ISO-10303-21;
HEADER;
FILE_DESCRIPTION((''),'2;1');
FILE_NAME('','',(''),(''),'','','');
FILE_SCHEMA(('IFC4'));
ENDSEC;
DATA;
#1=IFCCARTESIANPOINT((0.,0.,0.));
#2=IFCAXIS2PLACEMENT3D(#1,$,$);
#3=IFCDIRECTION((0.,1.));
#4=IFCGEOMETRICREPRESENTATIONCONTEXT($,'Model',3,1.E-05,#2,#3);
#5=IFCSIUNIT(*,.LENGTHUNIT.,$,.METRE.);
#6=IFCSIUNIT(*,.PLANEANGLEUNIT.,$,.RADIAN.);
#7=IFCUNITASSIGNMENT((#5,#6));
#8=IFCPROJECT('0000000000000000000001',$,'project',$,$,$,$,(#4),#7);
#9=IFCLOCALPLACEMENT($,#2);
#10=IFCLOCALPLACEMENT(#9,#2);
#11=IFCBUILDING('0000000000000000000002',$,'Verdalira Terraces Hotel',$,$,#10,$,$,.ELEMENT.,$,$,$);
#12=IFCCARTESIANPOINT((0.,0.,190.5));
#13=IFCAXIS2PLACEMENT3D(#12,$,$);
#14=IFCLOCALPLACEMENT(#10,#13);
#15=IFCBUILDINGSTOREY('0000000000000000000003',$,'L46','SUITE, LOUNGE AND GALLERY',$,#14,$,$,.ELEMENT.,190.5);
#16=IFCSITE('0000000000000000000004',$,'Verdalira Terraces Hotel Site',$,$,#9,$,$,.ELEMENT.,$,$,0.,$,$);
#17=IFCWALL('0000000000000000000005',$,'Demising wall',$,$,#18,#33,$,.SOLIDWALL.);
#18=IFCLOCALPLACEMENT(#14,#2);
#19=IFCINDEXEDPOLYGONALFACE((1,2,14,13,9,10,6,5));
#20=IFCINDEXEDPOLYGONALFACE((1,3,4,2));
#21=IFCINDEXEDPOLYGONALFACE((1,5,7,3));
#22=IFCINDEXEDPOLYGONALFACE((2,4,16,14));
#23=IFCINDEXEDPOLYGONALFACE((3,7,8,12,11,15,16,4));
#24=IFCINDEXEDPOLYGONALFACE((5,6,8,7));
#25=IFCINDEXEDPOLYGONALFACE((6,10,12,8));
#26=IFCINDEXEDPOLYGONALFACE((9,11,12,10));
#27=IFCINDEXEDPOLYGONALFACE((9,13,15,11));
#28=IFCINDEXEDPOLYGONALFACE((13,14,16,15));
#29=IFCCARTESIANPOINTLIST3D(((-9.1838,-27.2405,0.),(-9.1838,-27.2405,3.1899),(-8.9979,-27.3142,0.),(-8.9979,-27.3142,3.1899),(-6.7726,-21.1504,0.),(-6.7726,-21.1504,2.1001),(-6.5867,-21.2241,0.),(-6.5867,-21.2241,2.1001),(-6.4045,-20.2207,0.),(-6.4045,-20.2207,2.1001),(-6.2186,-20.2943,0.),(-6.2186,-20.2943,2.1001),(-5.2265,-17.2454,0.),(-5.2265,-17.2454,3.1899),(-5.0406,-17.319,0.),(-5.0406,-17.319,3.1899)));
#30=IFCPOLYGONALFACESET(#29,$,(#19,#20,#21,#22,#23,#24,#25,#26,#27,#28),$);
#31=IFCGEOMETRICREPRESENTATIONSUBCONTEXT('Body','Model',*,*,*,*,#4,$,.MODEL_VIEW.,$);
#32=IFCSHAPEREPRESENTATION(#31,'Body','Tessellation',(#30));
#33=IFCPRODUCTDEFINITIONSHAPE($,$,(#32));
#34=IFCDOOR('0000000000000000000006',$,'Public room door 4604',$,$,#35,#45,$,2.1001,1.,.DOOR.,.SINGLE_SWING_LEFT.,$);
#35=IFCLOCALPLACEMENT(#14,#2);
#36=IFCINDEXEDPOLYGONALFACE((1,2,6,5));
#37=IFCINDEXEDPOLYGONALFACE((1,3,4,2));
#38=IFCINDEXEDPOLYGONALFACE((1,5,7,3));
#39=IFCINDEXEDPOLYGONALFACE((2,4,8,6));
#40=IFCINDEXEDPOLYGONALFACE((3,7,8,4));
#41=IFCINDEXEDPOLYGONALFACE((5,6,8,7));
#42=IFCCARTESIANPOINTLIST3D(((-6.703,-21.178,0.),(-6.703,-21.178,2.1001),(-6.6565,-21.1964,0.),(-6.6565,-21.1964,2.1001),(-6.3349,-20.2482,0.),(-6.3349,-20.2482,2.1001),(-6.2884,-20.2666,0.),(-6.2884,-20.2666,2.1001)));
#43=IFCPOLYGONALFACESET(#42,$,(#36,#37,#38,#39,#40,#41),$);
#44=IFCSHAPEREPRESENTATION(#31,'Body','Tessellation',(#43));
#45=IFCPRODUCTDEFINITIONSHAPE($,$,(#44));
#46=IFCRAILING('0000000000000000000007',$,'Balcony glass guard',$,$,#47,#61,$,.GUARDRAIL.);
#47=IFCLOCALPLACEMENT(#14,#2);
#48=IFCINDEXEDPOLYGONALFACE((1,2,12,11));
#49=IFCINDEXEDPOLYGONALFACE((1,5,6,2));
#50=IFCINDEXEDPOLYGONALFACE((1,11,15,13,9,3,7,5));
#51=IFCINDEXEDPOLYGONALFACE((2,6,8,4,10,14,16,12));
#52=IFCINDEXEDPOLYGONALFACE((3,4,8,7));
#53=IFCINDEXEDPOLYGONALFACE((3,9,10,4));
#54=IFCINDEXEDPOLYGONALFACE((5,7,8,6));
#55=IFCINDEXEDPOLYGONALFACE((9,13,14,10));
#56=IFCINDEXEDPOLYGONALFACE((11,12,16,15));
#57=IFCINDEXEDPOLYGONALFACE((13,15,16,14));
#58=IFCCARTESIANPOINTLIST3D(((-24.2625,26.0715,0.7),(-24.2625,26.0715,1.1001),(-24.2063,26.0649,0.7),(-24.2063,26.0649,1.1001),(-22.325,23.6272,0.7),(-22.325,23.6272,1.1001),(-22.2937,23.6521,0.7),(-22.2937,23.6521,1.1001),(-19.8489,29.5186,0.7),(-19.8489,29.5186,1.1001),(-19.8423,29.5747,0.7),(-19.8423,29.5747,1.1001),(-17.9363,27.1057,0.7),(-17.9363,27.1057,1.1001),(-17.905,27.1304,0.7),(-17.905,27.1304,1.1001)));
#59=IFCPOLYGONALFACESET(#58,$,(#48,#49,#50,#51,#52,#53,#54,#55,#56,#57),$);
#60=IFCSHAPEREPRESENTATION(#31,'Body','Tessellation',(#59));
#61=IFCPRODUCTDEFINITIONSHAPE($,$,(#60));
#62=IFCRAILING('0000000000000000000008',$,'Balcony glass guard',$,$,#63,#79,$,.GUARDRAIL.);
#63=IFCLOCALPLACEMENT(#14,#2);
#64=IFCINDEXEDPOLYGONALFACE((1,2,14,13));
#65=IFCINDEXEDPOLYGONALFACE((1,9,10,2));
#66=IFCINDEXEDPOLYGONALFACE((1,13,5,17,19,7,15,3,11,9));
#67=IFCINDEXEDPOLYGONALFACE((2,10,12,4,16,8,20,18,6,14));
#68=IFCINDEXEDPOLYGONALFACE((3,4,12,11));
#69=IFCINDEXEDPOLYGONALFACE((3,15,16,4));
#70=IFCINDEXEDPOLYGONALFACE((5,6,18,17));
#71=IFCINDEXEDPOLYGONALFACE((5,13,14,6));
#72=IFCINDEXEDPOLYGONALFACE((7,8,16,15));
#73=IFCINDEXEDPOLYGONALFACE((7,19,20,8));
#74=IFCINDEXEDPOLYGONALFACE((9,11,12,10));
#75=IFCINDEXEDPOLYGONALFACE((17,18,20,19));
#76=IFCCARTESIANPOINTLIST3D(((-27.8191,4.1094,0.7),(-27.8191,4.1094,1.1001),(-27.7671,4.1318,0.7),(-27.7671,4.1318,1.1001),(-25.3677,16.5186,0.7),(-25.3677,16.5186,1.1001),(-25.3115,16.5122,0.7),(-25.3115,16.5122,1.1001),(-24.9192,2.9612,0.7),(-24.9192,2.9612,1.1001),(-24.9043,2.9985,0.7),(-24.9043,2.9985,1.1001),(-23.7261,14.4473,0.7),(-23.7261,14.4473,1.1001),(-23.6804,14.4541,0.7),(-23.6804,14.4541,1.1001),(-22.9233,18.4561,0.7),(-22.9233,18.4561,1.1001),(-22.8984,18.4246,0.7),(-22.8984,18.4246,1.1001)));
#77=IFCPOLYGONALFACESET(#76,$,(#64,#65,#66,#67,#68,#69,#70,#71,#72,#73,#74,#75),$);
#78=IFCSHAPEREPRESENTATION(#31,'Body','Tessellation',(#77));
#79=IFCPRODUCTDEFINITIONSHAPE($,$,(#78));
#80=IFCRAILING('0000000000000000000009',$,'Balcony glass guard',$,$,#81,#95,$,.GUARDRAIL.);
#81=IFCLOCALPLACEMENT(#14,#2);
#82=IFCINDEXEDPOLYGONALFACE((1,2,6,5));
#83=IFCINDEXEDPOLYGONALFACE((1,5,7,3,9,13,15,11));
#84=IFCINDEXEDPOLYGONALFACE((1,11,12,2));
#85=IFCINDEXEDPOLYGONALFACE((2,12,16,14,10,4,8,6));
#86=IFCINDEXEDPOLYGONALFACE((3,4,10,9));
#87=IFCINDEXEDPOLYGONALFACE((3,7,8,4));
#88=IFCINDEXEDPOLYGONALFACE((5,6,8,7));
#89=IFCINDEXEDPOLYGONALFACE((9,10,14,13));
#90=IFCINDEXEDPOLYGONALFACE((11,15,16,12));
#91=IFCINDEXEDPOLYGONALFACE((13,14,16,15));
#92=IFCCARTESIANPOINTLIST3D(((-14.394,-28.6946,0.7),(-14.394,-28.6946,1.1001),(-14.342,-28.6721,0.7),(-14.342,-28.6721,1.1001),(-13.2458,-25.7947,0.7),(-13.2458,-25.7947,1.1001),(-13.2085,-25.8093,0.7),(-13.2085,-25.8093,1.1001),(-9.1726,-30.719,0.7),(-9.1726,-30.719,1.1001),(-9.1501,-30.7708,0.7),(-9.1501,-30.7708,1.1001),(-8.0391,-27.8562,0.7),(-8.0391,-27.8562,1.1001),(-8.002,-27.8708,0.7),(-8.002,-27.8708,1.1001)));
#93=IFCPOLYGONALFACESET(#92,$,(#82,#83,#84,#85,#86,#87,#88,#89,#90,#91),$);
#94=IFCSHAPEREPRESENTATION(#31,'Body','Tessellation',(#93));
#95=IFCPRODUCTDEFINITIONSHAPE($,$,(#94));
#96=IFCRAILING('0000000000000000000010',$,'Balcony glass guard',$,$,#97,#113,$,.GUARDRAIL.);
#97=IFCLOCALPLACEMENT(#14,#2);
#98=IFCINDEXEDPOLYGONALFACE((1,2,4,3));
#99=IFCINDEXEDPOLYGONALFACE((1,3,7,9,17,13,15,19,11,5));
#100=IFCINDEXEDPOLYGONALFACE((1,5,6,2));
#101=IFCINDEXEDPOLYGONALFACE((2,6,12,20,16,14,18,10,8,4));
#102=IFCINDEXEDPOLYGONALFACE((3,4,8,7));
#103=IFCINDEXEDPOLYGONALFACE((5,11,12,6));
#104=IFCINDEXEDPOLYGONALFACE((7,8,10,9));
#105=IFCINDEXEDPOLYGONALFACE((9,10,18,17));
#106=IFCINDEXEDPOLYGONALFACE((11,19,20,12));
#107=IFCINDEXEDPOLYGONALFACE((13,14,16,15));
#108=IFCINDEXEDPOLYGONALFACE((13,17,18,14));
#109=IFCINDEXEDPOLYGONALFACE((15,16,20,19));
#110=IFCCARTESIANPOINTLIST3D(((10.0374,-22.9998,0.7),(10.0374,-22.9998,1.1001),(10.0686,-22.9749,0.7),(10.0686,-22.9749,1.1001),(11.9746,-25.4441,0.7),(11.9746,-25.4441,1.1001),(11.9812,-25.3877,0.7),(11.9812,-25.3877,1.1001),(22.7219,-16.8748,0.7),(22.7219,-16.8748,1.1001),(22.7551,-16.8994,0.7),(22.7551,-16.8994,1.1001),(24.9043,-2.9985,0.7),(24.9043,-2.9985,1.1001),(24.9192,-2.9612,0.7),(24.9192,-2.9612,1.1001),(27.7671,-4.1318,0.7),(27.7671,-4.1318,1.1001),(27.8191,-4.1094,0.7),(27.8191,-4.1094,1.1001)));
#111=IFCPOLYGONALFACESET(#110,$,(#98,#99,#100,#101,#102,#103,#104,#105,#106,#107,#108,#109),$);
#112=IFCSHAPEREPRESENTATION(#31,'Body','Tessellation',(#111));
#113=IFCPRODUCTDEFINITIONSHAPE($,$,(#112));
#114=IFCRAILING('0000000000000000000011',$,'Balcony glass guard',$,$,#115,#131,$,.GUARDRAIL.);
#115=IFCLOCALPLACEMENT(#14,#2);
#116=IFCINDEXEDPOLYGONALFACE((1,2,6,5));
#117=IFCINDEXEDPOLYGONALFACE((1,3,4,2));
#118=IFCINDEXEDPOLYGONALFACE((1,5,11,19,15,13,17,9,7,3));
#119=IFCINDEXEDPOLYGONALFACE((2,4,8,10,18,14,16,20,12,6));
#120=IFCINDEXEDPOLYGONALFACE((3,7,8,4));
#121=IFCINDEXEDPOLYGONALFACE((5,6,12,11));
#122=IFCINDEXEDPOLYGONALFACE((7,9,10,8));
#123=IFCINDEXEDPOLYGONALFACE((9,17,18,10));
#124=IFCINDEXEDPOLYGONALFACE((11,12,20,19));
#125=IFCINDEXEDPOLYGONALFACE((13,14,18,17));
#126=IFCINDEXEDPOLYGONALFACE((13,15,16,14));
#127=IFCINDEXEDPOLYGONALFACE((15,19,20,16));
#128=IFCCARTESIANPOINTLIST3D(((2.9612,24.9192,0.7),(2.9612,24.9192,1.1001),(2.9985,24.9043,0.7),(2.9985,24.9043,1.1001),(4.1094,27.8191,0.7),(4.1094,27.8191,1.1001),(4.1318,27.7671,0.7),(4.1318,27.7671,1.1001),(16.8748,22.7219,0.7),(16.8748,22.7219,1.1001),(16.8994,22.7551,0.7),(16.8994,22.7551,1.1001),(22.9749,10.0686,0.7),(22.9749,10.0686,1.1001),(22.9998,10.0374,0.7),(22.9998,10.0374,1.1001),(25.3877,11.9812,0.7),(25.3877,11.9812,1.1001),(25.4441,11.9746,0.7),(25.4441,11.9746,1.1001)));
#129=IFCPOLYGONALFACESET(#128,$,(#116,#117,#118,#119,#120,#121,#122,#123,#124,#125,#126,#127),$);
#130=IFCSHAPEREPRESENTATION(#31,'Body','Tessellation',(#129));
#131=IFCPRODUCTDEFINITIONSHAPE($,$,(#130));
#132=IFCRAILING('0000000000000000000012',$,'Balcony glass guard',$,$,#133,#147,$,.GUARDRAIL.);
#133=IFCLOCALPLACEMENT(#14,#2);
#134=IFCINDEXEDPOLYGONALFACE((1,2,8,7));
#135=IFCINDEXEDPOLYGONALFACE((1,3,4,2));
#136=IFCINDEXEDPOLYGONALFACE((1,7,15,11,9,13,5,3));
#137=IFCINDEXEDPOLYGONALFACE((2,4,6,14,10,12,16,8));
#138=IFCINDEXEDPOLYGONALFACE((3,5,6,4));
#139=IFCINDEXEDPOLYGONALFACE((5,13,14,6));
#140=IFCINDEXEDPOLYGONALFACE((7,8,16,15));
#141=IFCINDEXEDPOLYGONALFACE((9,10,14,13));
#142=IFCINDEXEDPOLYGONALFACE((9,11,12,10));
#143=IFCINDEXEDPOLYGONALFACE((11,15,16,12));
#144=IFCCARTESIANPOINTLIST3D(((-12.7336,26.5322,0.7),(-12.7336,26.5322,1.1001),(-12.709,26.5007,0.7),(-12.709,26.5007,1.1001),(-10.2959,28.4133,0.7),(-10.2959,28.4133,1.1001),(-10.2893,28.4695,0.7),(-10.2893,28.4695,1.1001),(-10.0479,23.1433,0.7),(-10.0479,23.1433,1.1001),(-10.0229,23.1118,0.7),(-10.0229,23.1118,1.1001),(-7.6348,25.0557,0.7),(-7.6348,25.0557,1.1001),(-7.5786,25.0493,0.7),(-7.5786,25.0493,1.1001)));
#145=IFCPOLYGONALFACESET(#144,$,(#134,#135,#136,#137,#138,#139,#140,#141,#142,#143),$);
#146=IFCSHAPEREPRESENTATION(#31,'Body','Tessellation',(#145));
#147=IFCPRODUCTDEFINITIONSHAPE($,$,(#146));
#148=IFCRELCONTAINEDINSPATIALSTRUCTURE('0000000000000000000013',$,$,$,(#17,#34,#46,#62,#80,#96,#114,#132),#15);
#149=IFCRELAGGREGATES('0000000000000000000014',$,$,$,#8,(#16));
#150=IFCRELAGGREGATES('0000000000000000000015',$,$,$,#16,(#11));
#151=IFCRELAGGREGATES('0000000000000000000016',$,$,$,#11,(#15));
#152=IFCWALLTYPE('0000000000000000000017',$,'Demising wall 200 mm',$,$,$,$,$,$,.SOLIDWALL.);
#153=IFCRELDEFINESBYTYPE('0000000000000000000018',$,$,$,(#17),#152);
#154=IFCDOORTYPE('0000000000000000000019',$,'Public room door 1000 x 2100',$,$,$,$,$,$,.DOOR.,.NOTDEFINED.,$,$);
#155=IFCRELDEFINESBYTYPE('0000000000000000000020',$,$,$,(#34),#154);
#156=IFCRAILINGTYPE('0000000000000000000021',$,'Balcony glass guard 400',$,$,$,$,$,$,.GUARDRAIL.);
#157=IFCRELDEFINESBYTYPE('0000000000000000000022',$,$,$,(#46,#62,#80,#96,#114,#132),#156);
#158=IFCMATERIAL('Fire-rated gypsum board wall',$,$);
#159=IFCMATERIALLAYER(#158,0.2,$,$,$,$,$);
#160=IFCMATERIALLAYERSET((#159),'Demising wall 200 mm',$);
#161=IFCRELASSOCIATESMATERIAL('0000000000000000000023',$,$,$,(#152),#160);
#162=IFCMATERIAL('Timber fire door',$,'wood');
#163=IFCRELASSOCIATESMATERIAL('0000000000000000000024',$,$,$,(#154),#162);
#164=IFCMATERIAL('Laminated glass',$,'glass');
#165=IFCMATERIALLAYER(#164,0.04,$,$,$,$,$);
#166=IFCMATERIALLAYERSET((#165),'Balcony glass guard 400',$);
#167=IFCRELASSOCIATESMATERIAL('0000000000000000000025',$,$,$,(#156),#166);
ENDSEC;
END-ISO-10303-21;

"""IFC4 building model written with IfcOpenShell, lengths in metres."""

from ifc_helpers import new_model, si_unit, direction, frame, frame_2d, origin, place, context, subcontext, project, spatial, polyline, rectangle, outline, extrude, material, layer, layer_set, type_object, element, fill, save


model = new_model("IFC4")

# Units and contexts
model_context = context("Model", 3, precision=1e-05, world=origin(), true_north=direction((0.0, 1.0)))
body_context = subcontext(model_context, "Body", "Model", "MODEL_VIEW")
ifc_project = project(units=[si_unit("LENGTHUNIT", "METRE"), si_unit("PLANEANGLEUNIT", "RADIAN")], contexts=[model_context])

# Site, building, storey
site_placement = place(None, origin())
site = spatial("IfcSite", under=ifc_project, at=site_placement, Name="Verdalira Terraces Hotel Site", CompositionType="ELEMENT", RefElevation=0.0)
building_placement = place(site_placement, origin())
building = spatial("IfcBuilding", under=site, at=building_placement, Name="Verdalira Terraces Hotel", CompositionType="ELEMENT")
storey_placement = place(building_placement, frame((0.0, 0.0, 190.5)))
storey = spatial("IfcBuildingStorey", under=building, at=storey_placement, Name="L46", Description="SUITE, LOUNGE AND GALLERY", CompositionType="ELEMENT", Elevation=190.5)

# Wall, opening, door
ifc_material_1 = material(Name="Fire-rated gypsum board wall")
ifc_layer_1 = layer(ifc_material_1, 0.2)
ifc_layer_set_1 = layer_set([ifc_layer_1], Name="Demising wall 200 mm")
wall_type_1 = type_object("IfcWallType", Name="Demising wall 200 mm", PredefinedType="SOLIDWALL", material=ifc_layer_set_1)
wall_1_placement = place(storey_placement, frame((-5.1335, -17.2822, 0.0), z_axis=(0.0, 0.0, 1.0), x_axis=(-0.368119, -0.929779, 0.0)))
wall_1 = element("IfcWall", 1, at=wall_1_placement, inside=storey, type_object=wall_type_1, Name="Demising wall", PredefinedType="SOLIDWALL", context=body_context, shape_type="SweptSolid", body=[
    extrude(rectangle(XDim=10.75, YDim=0.2, at=frame_2d((5.375, 0.0))), origin(), (0.0, 0.0, 1.0), 3.1899),
])
opening_1_placement = place(wall_1_placement, frame((3.2, 0.0, 0.0)))
opening_1 = element("IfcOpeningElement", 2, at=opening_1_placement, cuts=wall_1, PredefinedType="OPENING", context=body_context, shape_type="SweptSolid", body=[
    extrude(rectangle(XDim=1.0, YDim=2.1001, at=frame_2d((0.5, 1.05))), frame((0.0, 0.1099, 0.0), z_axis=(0.0, -1.0, 0.0), x_axis=(1.0, 0.0, 0.0)), (0.0, 0.0, 1.0), 0.22),
])
ifc_material_2 = material(Name="Timber fire door", Category="wood")
door_type_1 = type_object("IfcDoorType", Name="Public room door 1000 x 2100", OperationType="NOTDEFINED", PredefinedType="DOOR", material=ifc_material_2)
door_1_placement = place(opening_1_placement, origin())
door_1 = element("IfcDoor", 3, at=door_1_placement, inside=storey, type_object=door_type_1, Name="Public room door 4604", OperationType="SINGLE_SWING_LEFT", OverallHeight=2.1001, OverallWidth=1.0, PredefinedType="DOOR", context=body_context, shape_type="SweptSolid", body=[
    extrude(rectangle(XDim=1.0, YDim=2.1001, at=frame_2d((0.5, 1.05))), frame((0.0, 0.0249, 0.0), z_axis=(0.0, -1.0, 0.0), x_axis=(1.0, 0.0, 0.0)), (0.0, 0.0, 1.0), 0.05),
])
fill(opening_1, door_1)

# Railings
ifc_material_3 = material(Name="Laminated glass", Category="glass")
ifc_layer_2 = layer(ifc_material_3, 0.04)
ifc_layer_set_2 = layer_set([ifc_layer_2], Name="Balcony glass guard 400")
railing_type = type_object("IfcRailingType", Name="Balcony glass guard 400", PredefinedType="GUARDRAIL", material=ifc_layer_set_2)
railing_1_placement = place(storey_placement, frame((0.0, 0.0, 0.7)))
element("IfcRailing", 4, at=railing_1_placement, inside=storey, type_object=railing_type, Name="Balcony glass guard", PredefinedType="GUARDRAIL", context=body_context, shape_type="SweptSolid", body=[
    extrude(outline(polyline([(-19.8489, 29.5186), (-24.2063, 26.0649), (-22.2937, 23.6521), (-22.325, 23.6272), (-24.2625, 26.0715), (-19.8423, 29.5747), (-17.905, 27.1304), (-17.9363, 27.1057), (-19.8489, 29.5186)])), origin(), (0.0, 0.0, 1.0), 0.4001),
])
railing_2_placement = place(storey_placement, frame((0.0, 0.0, 0.7)))
element("IfcRailing", 5, at=railing_2_placement, inside=storey, type_object=railing_type, Name="Balcony glass guard", PredefinedType="GUARDRAIL", context=body_context, shape_type="SweptSolid", body=[
    extrude(outline(polyline([(-25.3115, 16.5122), (-23.6804, 14.4541), (-27.7671, 4.1318), (-24.9043, 2.9985), (-24.9192, 2.9612), (-27.8191, 4.1094), (-23.7261, 14.4473), (-25.3677, 16.5186), (-22.9233, 18.4561), (-22.8984, 18.4246), (-25.3115, 16.5122)])), origin(), (0.0, 0.0, 1.0), 0.4001),
])
railing_3_placement = place(storey_placement, frame((0.0, 0.0, 0.7)))
element("IfcRailing", 6, at=railing_3_placement, inside=storey, type_object=railing_type, Name="Balcony glass guard", PredefinedType="GUARDRAIL", context=body_context, shape_type="SweptSolid", body=[
    extrude(outline(polyline([(-14.342, -28.6721), (-9.1726, -30.719), (-8.0391, -27.8562), (-8.002, -27.8709), (-9.1501, -30.7708), (-14.394, -28.6946), (-13.2459, -25.7947), (-13.2085, -25.8093), (-14.342, -28.6721)])), origin(), (0.0, 0.0, 1.0), 0.4001),
])
railing_4_placement = place(storey_placement, frame((0.0, 0.0, 0.7)))
element("IfcRailing", 7, at=railing_4_placement, inside=storey, type_object=railing_type, Name="Balcony glass guard", PredefinedType="GUARDRAIL", context=body_context, shape_type="SweptSolid", body=[
    extrude(outline(polyline([(11.9812, -25.3877), (22.7219, -16.8748), (27.7671, -4.1318), (24.9043, -2.9985), (24.9192, -2.9612), (27.8191, -4.1094), (22.7551, -16.8994), (11.9746, -25.4441), (10.0374, -22.9998), (10.0686, -22.9749), (11.9812, -25.3877)])), origin(), (0.0, 0.0, 1.0), 0.4001),
])
railing_5_placement = place(storey_placement, frame((0.0, 0.0, 0.7)))
element("IfcRailing", 8, at=railing_5_placement, inside=storey, type_object=railing_type, Name="Balcony glass guard", PredefinedType="GUARDRAIL", context=body_context, shape_type="SweptSolid", body=[
    extrude(outline(polyline([(25.3877, 11.9812), (16.8748, 22.7219), (4.1318, 27.7671), (2.9985, 24.9043), (2.9612, 24.9192), (4.1094, 27.8191), (16.8994, 22.7551), (25.4441, 11.9746), (22.9998, 10.0374), (22.9749, 10.0686), (25.3877, 11.9812)])), origin(), (0.0, 0.0, 1.0), 0.4001),
])
railing_6_placement = place(storey_placement, frame((0.0, 0.0, 0.7)))
element("IfcRailing", 9, at=railing_6_placement, inside=storey, type_object=railing_type, Name="Balcony glass guard", PredefinedType="GUARDRAIL", context=body_context, shape_type="SweptSolid", body=[
    extrude(outline(polyline([(-7.6348, 25.0557), (-10.2959, 28.4133), (-12.709, 26.5007), (-12.7336, 26.5322), (-10.2893, 28.4695), (-7.5786, 25.0493), (-10.0229, 23.1118), (-10.0479, 23.1433), (-7.6348, 25.0557)])), origin(), (0.0, 0.0, 1.0), 0.4001),
])

save(model, "model.ifc")
